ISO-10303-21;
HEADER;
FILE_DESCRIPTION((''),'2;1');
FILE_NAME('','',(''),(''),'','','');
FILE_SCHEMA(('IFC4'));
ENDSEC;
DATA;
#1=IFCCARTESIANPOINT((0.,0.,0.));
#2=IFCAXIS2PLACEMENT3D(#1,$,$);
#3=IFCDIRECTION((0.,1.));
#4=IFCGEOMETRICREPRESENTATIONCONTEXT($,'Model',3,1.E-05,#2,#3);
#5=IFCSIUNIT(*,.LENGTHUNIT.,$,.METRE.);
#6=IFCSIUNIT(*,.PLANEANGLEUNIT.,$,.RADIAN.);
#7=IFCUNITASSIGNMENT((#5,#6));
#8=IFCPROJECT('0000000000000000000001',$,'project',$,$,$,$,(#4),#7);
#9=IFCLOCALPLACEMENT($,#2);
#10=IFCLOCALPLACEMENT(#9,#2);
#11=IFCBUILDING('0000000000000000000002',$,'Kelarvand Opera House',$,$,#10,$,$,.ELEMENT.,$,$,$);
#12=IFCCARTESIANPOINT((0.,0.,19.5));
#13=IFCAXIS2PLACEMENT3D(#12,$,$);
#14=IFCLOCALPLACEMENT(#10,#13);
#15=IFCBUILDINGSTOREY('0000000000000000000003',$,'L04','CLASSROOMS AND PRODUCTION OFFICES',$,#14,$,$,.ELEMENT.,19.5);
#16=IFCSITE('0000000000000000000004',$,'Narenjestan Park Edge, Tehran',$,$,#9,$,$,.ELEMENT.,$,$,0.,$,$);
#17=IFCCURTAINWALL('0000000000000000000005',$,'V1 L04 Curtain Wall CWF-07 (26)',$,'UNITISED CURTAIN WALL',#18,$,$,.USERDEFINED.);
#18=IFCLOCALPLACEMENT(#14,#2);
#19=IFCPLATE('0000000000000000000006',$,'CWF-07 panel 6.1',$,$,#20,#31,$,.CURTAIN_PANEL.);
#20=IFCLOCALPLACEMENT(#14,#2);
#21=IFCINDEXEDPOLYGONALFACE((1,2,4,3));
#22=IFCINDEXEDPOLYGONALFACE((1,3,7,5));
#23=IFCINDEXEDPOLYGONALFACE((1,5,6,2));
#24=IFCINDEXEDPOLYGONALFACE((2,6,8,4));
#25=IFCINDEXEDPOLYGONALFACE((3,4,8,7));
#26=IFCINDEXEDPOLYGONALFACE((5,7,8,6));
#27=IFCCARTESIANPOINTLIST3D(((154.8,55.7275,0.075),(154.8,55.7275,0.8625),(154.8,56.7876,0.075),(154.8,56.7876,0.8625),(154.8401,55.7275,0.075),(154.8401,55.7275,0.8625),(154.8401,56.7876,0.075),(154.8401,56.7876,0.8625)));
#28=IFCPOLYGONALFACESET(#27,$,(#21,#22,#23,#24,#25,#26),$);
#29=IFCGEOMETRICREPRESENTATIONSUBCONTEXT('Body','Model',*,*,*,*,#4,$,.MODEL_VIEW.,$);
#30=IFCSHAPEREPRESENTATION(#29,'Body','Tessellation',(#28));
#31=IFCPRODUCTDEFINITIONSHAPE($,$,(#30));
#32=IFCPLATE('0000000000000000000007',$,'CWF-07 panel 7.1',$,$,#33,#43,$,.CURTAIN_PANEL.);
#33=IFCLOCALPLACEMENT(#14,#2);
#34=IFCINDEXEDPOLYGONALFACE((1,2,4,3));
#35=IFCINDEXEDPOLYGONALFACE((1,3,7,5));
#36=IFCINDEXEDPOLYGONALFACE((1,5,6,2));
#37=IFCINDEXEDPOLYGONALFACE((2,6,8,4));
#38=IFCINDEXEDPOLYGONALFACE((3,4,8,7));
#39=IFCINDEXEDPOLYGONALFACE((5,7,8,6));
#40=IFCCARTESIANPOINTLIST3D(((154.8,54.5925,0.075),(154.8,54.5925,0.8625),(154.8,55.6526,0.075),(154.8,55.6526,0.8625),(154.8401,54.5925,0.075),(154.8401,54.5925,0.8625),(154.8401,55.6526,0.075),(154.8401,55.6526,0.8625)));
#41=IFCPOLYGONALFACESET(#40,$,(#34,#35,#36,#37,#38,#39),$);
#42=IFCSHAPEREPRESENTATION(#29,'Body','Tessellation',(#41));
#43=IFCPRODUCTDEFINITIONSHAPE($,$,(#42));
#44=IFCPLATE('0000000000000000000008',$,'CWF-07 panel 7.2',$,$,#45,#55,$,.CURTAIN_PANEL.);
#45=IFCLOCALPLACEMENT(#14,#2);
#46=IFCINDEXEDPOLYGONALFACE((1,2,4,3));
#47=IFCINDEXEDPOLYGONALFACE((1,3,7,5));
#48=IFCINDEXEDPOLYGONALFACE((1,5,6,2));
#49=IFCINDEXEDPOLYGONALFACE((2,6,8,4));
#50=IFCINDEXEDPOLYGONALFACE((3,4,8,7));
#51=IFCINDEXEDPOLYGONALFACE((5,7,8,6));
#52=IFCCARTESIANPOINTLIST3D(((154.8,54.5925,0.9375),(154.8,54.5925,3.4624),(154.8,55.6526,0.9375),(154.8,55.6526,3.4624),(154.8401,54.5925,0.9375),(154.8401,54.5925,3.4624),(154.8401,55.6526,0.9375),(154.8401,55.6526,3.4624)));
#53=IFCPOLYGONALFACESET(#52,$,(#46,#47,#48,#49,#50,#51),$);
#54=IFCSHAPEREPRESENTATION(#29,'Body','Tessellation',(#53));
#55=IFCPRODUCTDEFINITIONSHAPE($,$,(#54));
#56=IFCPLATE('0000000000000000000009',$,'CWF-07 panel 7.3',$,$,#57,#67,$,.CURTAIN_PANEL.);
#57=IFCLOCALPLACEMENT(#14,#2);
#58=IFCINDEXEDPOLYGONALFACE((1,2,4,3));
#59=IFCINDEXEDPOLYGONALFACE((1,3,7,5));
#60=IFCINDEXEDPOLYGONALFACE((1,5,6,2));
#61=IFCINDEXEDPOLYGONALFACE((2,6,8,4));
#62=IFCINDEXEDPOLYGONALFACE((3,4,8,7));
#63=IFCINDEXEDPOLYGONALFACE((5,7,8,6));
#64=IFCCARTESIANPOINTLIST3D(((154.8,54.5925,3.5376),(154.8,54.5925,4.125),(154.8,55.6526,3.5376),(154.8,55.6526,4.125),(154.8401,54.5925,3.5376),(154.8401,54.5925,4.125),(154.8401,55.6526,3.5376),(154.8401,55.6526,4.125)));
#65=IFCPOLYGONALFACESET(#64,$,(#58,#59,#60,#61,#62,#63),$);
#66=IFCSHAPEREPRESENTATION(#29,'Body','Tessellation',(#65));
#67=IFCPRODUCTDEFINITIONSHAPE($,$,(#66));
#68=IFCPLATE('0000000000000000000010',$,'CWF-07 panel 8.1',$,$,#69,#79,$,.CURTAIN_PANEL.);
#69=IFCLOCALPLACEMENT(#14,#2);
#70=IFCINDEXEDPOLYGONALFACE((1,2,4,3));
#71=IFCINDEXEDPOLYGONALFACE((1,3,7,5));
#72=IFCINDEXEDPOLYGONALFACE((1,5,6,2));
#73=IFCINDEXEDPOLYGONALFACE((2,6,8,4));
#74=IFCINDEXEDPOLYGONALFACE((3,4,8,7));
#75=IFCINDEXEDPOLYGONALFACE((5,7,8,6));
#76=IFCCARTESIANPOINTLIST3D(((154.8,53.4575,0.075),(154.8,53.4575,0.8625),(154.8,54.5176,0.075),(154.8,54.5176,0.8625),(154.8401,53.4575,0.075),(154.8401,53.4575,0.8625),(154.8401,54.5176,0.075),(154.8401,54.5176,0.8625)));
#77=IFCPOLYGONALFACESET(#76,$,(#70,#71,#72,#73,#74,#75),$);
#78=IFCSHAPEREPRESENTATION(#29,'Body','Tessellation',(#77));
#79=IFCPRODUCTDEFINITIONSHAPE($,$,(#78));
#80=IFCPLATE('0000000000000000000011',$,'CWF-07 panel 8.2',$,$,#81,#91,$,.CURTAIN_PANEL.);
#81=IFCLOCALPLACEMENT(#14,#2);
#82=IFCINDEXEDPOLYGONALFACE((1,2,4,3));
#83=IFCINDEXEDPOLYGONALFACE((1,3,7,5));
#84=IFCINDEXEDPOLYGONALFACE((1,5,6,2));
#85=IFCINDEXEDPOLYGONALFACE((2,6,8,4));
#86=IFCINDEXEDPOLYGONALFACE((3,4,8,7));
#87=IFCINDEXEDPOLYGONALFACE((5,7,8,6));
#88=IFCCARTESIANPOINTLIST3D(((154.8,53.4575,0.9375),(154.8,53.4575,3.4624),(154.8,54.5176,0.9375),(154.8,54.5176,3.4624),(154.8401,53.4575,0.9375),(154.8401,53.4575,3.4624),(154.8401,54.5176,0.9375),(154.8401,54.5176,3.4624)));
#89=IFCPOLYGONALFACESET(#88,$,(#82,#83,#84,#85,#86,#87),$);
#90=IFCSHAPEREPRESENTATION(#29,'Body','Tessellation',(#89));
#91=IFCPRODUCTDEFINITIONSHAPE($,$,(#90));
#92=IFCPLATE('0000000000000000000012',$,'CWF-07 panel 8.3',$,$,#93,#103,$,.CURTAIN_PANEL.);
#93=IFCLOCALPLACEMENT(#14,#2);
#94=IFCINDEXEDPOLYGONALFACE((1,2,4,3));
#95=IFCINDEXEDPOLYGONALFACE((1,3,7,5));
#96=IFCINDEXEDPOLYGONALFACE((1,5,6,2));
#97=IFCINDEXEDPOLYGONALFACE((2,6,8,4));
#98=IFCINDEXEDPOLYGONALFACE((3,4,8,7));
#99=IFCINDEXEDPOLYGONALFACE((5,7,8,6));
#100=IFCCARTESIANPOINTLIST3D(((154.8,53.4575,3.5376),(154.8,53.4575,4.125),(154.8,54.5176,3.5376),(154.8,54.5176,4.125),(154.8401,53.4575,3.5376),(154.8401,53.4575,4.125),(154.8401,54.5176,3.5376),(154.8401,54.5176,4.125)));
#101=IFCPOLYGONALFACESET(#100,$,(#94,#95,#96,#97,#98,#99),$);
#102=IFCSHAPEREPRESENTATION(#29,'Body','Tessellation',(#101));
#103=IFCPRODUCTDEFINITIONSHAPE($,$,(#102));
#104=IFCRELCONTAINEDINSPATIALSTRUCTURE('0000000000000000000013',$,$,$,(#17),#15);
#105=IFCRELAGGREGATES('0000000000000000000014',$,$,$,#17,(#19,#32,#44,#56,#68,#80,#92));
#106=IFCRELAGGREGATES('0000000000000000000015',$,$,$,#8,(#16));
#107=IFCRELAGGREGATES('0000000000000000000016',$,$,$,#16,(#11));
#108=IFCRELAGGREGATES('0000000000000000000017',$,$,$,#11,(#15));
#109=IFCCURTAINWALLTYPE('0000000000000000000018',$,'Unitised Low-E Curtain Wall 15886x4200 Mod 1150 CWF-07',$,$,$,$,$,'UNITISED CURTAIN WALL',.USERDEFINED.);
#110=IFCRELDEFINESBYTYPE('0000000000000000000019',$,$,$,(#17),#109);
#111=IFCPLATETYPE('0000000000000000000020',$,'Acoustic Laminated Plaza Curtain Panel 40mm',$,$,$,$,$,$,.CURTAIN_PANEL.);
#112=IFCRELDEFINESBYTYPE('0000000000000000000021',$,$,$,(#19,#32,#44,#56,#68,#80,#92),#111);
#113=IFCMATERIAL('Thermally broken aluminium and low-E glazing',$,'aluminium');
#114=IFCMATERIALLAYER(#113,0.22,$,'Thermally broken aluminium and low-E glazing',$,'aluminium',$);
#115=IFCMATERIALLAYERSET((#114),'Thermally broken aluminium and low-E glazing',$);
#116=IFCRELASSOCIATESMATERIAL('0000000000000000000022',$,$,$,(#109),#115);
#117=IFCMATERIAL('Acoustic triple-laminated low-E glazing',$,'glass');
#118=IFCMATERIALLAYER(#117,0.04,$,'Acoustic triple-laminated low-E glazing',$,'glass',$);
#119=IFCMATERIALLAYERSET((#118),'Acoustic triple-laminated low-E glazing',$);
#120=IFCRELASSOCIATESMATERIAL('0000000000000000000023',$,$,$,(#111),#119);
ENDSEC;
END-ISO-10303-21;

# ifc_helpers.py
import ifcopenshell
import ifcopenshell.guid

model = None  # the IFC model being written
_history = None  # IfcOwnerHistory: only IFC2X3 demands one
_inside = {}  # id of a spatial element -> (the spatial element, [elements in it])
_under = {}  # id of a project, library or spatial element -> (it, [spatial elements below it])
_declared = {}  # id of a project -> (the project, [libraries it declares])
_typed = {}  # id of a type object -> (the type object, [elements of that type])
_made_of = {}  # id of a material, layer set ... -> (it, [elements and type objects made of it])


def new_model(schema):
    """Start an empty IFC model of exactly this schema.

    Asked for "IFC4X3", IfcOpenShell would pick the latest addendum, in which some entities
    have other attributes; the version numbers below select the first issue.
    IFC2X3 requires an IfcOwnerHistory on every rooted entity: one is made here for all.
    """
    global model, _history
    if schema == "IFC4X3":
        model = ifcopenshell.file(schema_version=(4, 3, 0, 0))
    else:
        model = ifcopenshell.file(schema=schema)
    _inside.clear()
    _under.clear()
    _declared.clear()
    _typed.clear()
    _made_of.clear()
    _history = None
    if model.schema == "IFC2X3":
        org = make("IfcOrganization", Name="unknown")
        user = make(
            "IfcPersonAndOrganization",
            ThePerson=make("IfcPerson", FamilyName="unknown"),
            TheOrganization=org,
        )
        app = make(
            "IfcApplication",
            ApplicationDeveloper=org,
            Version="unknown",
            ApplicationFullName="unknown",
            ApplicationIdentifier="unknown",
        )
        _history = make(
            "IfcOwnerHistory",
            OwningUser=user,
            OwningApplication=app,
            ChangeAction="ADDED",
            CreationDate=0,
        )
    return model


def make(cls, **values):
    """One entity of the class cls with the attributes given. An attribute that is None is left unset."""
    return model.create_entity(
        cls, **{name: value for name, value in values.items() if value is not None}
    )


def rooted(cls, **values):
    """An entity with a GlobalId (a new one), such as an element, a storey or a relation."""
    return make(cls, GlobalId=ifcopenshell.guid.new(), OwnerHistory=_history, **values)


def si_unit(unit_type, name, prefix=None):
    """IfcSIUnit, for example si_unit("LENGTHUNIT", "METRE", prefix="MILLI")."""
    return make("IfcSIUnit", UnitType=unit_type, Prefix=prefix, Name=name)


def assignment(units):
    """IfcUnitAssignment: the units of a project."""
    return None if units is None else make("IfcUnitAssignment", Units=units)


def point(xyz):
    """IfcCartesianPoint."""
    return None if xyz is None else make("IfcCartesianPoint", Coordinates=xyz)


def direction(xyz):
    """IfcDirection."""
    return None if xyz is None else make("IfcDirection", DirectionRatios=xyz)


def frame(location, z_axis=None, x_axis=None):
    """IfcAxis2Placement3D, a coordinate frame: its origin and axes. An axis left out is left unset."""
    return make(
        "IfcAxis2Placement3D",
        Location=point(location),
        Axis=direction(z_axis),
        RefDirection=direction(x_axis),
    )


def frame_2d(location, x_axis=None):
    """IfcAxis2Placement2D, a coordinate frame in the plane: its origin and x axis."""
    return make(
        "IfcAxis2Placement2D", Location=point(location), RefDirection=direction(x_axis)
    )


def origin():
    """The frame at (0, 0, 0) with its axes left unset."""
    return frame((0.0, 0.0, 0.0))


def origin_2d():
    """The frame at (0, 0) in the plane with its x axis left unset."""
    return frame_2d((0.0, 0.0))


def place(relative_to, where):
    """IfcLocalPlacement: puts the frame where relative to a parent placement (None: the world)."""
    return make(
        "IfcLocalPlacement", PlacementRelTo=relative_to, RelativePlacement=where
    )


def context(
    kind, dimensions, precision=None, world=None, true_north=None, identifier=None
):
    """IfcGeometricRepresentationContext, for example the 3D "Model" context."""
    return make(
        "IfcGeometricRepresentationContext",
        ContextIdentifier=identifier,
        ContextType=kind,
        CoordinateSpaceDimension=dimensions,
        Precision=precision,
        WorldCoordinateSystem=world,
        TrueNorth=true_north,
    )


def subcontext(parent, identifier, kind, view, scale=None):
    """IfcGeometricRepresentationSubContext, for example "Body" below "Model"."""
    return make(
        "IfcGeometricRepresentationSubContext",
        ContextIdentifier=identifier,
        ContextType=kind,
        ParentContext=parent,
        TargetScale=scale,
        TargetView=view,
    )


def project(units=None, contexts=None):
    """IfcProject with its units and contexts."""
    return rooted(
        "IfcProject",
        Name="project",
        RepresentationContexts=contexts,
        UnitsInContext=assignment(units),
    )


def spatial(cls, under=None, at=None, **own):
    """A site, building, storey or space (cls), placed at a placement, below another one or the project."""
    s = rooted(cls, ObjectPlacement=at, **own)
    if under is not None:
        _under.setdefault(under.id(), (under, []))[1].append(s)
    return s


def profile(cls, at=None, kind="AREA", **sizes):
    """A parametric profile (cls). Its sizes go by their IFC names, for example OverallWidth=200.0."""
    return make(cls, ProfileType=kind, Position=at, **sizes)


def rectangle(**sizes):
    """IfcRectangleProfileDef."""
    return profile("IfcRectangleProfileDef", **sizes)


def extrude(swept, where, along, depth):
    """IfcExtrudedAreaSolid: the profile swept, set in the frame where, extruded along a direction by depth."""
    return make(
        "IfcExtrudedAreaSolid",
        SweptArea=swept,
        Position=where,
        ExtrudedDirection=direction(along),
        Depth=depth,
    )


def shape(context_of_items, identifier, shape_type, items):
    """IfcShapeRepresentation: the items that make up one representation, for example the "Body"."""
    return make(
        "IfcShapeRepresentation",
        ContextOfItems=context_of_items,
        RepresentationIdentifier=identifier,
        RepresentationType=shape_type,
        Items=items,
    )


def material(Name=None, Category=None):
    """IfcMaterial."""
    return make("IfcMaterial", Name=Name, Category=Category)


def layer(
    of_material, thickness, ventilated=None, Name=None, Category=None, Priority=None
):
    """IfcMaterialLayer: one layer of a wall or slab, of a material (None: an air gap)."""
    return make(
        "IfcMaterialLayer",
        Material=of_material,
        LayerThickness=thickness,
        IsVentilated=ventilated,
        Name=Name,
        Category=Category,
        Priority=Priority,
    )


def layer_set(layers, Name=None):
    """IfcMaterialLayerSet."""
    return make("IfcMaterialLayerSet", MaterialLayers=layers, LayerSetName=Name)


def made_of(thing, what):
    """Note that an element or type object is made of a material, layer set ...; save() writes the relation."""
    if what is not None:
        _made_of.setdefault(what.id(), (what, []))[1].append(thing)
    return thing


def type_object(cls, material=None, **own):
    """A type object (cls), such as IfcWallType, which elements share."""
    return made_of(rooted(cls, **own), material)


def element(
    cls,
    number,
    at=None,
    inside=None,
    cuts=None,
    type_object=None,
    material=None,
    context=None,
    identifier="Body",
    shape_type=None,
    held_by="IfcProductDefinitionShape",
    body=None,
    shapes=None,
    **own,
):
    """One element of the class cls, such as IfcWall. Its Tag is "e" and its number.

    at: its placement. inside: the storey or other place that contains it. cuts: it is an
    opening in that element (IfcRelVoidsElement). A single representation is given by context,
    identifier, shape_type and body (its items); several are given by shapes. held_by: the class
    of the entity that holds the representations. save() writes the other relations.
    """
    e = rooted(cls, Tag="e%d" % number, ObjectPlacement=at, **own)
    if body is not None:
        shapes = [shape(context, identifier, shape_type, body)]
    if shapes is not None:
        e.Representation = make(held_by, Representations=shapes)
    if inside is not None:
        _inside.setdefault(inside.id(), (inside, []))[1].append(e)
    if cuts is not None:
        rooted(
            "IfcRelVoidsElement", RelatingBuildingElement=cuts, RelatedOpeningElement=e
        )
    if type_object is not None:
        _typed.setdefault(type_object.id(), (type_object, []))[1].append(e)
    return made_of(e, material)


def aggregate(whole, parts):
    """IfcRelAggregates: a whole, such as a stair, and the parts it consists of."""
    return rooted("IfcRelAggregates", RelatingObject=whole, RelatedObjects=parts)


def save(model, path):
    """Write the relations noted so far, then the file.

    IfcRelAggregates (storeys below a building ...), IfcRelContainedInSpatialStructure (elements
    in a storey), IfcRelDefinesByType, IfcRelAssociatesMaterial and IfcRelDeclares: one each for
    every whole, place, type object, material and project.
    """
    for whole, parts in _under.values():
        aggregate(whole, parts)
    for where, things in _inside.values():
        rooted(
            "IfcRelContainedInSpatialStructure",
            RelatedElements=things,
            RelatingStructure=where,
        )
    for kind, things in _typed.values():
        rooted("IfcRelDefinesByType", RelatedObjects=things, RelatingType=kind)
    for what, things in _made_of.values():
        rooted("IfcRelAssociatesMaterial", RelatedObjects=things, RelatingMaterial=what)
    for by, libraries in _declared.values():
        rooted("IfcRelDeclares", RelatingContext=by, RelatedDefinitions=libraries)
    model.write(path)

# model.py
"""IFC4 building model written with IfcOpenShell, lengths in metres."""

from ifc_helpers import new_model, si_unit, direction, frame, origin, origin_2d, place, context, subcontext, project, spatial, rectangle, extrude, material, layer, layer_set, type_object, element, aggregate, save


model = new_model("IFC4")

# Units and contexts
model_context = context("Model", 3, precision=1e-05, world=origin(), true_north=direction((0.0, 1.0)))
body_context = subcontext(model_context, "Body", "Model", "MODEL_VIEW")
ifc_project = project(units=[si_unit("LENGTHUNIT", "METRE"), si_unit("PLANEANGLEUNIT", "RADIAN")], contexts=[model_context])

# Site, building, storey
site_placement = place(None, origin())
site = spatial("IfcSite", under=ifc_project, at=site_placement, Name="Narenjestan Park Edge, Tehran", CompositionType="ELEMENT", RefElevation=0.0)
building_placement = place(site_placement, origin())
building = spatial("IfcBuilding", under=site, at=building_placement, Name="Kelarvand Opera House", CompositionType="ELEMENT")
storey_placement = place(building_placement, frame((0.0, 0.0, 19.5)))
storey = spatial("IfcBuildingStorey", under=building, at=storey_placement, Name="L04", Description="CLASSROOMS AND PRODUCTION OFFICES", CompositionType="ELEMENT", Elevation=19.5)

# Curtain wall, plates
ifc_material_1 = material(Name="Thermally broken aluminium and low-E glazing", Category="aluminium")
ifc_layer_1 = layer(ifc_material_1, 0.22, Name="Thermally broken aluminium and low-E glazing", Category="aluminium")
ifc_layer_set_1 = layer_set([ifc_layer_1], Name="Thermally broken aluminium and low-E glazing")
curtain_wall_type = type_object("IfcCurtainWallType", Name="Unitised Low-E Curtain Wall 15886x4200 Mod 1150 CWF-07", ElementType="UNITISED CURTAIN WALL", PredefinedType="USERDEFINED", material=ifc_layer_set_1)
curtain_wall_placement = place(storey_placement, origin())
curtain_wall = element("IfcCurtainWall", 1, at=curtain_wall_placement, inside=storey, type_object=curtain_wall_type, Name="V1 L04 Curtain Wall CWF-07 (26)", ObjectType="UNITISED CURTAIN WALL", PredefinedType="USERDEFINED")
ifc_material_2 = material(Name="Acoustic triple-laminated low-E glazing", Category="glass")
ifc_layer_2 = layer(ifc_material_2, 0.04, Name="Acoustic triple-laminated low-E glazing", Category="glass")
ifc_layer_set_2 = layer_set([ifc_layer_2], Name="Acoustic triple-laminated low-E glazing")
plate_type = type_object("IfcPlateType", Name="Acoustic Laminated Plaza Curtain Panel 40mm", PredefinedType="CURTAIN_PANEL", material=ifc_layer_set_2)
plate_1_placement = place(storey_placement, frame((154.8201, 56.2576, 0.075), z_axis=(0.0, 0.0, 1.0), x_axis=(0.0, -1.0, 0.0)))
plate_1 = element("IfcPlate", 2, at=plate_1_placement, type_object=plate_type, Name="CWF-07 panel 6.1", PredefinedType="CURTAIN_PANEL", context=body_context, shape_type="SweptSolid", body=[
    extrude(rectangle(XDim=1.0601, YDim=0.04, at=origin_2d()), origin(), (0.0, 0.0, 1.0), 0.7876),
])
plate_2_placement = place(storey_placement, frame((154.8201, 55.1226, 0.075), z_axis=(0.0, 0.0, 1.0), x_axis=(0.0, -1.0, 0.0)))
plate_2 = element("IfcPlate", 3, at=plate_2_placement, type_object=plate_type, Name="CWF-07 panel 7.1", PredefinedType="CURTAIN_PANEL", context=body_context, shape_type="SweptSolid", body=[
    extrude(rectangle(XDim=1.0601, YDim=0.04, at=origin_2d()), origin(), (0.0, 0.0, 1.0), 0.7876),
])
plate_3_placement = place(storey_placement, frame((154.8201, 55.1226, 0.9375), z_axis=(0.0, 0.0, 1.0), x_axis=(0.0, -1.0, 0.0)))
plate_3 = element("IfcPlate", 4, at=plate_3_placement, type_object=plate_type, Name="CWF-07 panel 7.2", PredefinedType="CURTAIN_PANEL", context=body_context, shape_type="SweptSolid", body=[
    extrude(rectangle(XDim=1.0601, YDim=0.04, at=origin_2d()), origin(), (0.0, 0.0, 1.0), 2.5249),
])
plate_4_placement = place(storey_placement, frame((154.8201, 55.1226, 3.5376), z_axis=(0.0, 0.0, 1.0), x_axis=(0.0, -1.0, 0.0)))
plate_4 = element("IfcPlate", 5, at=plate_4_placement, type_object=plate_type, Name="CWF-07 panel 7.3", PredefinedType="CURTAIN_PANEL", context=body_context, shape_type="SweptSolid", body=[
    extrude(rectangle(XDim=1.0601, YDim=0.04, at=origin_2d()), origin(), (0.0, 0.0, 1.0), 0.5874),
])
plate_5_placement = place(storey_placement, frame((154.8201, 53.9875, 0.075), z_axis=(0.0, 0.0, 1.0), x_axis=(0.0, -1.0, 0.0)))
plate_5 = element("IfcPlate", 6, at=plate_5_placement, type_object=plate_type, Name="CWF-07 panel 8.1", PredefinedType="CURTAIN_PANEL", context=body_context, shape_type="SweptSolid", body=[
    extrude(rectangle(XDim=1.0601, YDim=0.04, at=origin_2d()), origin(), (0.0, 0.0, 1.0), 0.7876),
])
plate_6_placement = place(storey_placement, frame((154.8201, 53.9875, 0.9375), z_axis=(0.0, 0.0, 1.0), x_axis=(0.0, -1.0, 0.0)))
plate_6 = element("IfcPlate", 7, at=plate_6_placement, type_object=plate_type, Name="CWF-07 panel 8.2", PredefinedType="CURTAIN_PANEL", context=body_context, shape_type="SweptSolid", body=[
    extrude(rectangle(XDim=1.0601, YDim=0.04, at=origin_2d()), origin(), (0.0, 0.0, 1.0), 2.5249),
])
plate_7_placement = place(storey_placement, frame((154.8201, 53.9875, 3.5376), z_axis=(0.0, 0.0, 1.0), x_axis=(0.0, -1.0, 0.0)))
plate_7 = element("IfcPlate", 8, at=plate_7_placement, type_object=plate_type, Name="CWF-07 panel 8.3", PredefinedType="CURTAIN_PANEL", context=body_context, shape_type="SweptSolid", body=[
    extrude(rectangle(XDim=1.0601, YDim=0.04, at=origin_2d()), origin(), (0.0, 0.0, 1.0), 0.5874),
])
aggregate(curtain_wall, [plate_1, plate_2, plate_3, plate_4, plate_5, plate_6, plate_7])

save(model, "model.ifc")
